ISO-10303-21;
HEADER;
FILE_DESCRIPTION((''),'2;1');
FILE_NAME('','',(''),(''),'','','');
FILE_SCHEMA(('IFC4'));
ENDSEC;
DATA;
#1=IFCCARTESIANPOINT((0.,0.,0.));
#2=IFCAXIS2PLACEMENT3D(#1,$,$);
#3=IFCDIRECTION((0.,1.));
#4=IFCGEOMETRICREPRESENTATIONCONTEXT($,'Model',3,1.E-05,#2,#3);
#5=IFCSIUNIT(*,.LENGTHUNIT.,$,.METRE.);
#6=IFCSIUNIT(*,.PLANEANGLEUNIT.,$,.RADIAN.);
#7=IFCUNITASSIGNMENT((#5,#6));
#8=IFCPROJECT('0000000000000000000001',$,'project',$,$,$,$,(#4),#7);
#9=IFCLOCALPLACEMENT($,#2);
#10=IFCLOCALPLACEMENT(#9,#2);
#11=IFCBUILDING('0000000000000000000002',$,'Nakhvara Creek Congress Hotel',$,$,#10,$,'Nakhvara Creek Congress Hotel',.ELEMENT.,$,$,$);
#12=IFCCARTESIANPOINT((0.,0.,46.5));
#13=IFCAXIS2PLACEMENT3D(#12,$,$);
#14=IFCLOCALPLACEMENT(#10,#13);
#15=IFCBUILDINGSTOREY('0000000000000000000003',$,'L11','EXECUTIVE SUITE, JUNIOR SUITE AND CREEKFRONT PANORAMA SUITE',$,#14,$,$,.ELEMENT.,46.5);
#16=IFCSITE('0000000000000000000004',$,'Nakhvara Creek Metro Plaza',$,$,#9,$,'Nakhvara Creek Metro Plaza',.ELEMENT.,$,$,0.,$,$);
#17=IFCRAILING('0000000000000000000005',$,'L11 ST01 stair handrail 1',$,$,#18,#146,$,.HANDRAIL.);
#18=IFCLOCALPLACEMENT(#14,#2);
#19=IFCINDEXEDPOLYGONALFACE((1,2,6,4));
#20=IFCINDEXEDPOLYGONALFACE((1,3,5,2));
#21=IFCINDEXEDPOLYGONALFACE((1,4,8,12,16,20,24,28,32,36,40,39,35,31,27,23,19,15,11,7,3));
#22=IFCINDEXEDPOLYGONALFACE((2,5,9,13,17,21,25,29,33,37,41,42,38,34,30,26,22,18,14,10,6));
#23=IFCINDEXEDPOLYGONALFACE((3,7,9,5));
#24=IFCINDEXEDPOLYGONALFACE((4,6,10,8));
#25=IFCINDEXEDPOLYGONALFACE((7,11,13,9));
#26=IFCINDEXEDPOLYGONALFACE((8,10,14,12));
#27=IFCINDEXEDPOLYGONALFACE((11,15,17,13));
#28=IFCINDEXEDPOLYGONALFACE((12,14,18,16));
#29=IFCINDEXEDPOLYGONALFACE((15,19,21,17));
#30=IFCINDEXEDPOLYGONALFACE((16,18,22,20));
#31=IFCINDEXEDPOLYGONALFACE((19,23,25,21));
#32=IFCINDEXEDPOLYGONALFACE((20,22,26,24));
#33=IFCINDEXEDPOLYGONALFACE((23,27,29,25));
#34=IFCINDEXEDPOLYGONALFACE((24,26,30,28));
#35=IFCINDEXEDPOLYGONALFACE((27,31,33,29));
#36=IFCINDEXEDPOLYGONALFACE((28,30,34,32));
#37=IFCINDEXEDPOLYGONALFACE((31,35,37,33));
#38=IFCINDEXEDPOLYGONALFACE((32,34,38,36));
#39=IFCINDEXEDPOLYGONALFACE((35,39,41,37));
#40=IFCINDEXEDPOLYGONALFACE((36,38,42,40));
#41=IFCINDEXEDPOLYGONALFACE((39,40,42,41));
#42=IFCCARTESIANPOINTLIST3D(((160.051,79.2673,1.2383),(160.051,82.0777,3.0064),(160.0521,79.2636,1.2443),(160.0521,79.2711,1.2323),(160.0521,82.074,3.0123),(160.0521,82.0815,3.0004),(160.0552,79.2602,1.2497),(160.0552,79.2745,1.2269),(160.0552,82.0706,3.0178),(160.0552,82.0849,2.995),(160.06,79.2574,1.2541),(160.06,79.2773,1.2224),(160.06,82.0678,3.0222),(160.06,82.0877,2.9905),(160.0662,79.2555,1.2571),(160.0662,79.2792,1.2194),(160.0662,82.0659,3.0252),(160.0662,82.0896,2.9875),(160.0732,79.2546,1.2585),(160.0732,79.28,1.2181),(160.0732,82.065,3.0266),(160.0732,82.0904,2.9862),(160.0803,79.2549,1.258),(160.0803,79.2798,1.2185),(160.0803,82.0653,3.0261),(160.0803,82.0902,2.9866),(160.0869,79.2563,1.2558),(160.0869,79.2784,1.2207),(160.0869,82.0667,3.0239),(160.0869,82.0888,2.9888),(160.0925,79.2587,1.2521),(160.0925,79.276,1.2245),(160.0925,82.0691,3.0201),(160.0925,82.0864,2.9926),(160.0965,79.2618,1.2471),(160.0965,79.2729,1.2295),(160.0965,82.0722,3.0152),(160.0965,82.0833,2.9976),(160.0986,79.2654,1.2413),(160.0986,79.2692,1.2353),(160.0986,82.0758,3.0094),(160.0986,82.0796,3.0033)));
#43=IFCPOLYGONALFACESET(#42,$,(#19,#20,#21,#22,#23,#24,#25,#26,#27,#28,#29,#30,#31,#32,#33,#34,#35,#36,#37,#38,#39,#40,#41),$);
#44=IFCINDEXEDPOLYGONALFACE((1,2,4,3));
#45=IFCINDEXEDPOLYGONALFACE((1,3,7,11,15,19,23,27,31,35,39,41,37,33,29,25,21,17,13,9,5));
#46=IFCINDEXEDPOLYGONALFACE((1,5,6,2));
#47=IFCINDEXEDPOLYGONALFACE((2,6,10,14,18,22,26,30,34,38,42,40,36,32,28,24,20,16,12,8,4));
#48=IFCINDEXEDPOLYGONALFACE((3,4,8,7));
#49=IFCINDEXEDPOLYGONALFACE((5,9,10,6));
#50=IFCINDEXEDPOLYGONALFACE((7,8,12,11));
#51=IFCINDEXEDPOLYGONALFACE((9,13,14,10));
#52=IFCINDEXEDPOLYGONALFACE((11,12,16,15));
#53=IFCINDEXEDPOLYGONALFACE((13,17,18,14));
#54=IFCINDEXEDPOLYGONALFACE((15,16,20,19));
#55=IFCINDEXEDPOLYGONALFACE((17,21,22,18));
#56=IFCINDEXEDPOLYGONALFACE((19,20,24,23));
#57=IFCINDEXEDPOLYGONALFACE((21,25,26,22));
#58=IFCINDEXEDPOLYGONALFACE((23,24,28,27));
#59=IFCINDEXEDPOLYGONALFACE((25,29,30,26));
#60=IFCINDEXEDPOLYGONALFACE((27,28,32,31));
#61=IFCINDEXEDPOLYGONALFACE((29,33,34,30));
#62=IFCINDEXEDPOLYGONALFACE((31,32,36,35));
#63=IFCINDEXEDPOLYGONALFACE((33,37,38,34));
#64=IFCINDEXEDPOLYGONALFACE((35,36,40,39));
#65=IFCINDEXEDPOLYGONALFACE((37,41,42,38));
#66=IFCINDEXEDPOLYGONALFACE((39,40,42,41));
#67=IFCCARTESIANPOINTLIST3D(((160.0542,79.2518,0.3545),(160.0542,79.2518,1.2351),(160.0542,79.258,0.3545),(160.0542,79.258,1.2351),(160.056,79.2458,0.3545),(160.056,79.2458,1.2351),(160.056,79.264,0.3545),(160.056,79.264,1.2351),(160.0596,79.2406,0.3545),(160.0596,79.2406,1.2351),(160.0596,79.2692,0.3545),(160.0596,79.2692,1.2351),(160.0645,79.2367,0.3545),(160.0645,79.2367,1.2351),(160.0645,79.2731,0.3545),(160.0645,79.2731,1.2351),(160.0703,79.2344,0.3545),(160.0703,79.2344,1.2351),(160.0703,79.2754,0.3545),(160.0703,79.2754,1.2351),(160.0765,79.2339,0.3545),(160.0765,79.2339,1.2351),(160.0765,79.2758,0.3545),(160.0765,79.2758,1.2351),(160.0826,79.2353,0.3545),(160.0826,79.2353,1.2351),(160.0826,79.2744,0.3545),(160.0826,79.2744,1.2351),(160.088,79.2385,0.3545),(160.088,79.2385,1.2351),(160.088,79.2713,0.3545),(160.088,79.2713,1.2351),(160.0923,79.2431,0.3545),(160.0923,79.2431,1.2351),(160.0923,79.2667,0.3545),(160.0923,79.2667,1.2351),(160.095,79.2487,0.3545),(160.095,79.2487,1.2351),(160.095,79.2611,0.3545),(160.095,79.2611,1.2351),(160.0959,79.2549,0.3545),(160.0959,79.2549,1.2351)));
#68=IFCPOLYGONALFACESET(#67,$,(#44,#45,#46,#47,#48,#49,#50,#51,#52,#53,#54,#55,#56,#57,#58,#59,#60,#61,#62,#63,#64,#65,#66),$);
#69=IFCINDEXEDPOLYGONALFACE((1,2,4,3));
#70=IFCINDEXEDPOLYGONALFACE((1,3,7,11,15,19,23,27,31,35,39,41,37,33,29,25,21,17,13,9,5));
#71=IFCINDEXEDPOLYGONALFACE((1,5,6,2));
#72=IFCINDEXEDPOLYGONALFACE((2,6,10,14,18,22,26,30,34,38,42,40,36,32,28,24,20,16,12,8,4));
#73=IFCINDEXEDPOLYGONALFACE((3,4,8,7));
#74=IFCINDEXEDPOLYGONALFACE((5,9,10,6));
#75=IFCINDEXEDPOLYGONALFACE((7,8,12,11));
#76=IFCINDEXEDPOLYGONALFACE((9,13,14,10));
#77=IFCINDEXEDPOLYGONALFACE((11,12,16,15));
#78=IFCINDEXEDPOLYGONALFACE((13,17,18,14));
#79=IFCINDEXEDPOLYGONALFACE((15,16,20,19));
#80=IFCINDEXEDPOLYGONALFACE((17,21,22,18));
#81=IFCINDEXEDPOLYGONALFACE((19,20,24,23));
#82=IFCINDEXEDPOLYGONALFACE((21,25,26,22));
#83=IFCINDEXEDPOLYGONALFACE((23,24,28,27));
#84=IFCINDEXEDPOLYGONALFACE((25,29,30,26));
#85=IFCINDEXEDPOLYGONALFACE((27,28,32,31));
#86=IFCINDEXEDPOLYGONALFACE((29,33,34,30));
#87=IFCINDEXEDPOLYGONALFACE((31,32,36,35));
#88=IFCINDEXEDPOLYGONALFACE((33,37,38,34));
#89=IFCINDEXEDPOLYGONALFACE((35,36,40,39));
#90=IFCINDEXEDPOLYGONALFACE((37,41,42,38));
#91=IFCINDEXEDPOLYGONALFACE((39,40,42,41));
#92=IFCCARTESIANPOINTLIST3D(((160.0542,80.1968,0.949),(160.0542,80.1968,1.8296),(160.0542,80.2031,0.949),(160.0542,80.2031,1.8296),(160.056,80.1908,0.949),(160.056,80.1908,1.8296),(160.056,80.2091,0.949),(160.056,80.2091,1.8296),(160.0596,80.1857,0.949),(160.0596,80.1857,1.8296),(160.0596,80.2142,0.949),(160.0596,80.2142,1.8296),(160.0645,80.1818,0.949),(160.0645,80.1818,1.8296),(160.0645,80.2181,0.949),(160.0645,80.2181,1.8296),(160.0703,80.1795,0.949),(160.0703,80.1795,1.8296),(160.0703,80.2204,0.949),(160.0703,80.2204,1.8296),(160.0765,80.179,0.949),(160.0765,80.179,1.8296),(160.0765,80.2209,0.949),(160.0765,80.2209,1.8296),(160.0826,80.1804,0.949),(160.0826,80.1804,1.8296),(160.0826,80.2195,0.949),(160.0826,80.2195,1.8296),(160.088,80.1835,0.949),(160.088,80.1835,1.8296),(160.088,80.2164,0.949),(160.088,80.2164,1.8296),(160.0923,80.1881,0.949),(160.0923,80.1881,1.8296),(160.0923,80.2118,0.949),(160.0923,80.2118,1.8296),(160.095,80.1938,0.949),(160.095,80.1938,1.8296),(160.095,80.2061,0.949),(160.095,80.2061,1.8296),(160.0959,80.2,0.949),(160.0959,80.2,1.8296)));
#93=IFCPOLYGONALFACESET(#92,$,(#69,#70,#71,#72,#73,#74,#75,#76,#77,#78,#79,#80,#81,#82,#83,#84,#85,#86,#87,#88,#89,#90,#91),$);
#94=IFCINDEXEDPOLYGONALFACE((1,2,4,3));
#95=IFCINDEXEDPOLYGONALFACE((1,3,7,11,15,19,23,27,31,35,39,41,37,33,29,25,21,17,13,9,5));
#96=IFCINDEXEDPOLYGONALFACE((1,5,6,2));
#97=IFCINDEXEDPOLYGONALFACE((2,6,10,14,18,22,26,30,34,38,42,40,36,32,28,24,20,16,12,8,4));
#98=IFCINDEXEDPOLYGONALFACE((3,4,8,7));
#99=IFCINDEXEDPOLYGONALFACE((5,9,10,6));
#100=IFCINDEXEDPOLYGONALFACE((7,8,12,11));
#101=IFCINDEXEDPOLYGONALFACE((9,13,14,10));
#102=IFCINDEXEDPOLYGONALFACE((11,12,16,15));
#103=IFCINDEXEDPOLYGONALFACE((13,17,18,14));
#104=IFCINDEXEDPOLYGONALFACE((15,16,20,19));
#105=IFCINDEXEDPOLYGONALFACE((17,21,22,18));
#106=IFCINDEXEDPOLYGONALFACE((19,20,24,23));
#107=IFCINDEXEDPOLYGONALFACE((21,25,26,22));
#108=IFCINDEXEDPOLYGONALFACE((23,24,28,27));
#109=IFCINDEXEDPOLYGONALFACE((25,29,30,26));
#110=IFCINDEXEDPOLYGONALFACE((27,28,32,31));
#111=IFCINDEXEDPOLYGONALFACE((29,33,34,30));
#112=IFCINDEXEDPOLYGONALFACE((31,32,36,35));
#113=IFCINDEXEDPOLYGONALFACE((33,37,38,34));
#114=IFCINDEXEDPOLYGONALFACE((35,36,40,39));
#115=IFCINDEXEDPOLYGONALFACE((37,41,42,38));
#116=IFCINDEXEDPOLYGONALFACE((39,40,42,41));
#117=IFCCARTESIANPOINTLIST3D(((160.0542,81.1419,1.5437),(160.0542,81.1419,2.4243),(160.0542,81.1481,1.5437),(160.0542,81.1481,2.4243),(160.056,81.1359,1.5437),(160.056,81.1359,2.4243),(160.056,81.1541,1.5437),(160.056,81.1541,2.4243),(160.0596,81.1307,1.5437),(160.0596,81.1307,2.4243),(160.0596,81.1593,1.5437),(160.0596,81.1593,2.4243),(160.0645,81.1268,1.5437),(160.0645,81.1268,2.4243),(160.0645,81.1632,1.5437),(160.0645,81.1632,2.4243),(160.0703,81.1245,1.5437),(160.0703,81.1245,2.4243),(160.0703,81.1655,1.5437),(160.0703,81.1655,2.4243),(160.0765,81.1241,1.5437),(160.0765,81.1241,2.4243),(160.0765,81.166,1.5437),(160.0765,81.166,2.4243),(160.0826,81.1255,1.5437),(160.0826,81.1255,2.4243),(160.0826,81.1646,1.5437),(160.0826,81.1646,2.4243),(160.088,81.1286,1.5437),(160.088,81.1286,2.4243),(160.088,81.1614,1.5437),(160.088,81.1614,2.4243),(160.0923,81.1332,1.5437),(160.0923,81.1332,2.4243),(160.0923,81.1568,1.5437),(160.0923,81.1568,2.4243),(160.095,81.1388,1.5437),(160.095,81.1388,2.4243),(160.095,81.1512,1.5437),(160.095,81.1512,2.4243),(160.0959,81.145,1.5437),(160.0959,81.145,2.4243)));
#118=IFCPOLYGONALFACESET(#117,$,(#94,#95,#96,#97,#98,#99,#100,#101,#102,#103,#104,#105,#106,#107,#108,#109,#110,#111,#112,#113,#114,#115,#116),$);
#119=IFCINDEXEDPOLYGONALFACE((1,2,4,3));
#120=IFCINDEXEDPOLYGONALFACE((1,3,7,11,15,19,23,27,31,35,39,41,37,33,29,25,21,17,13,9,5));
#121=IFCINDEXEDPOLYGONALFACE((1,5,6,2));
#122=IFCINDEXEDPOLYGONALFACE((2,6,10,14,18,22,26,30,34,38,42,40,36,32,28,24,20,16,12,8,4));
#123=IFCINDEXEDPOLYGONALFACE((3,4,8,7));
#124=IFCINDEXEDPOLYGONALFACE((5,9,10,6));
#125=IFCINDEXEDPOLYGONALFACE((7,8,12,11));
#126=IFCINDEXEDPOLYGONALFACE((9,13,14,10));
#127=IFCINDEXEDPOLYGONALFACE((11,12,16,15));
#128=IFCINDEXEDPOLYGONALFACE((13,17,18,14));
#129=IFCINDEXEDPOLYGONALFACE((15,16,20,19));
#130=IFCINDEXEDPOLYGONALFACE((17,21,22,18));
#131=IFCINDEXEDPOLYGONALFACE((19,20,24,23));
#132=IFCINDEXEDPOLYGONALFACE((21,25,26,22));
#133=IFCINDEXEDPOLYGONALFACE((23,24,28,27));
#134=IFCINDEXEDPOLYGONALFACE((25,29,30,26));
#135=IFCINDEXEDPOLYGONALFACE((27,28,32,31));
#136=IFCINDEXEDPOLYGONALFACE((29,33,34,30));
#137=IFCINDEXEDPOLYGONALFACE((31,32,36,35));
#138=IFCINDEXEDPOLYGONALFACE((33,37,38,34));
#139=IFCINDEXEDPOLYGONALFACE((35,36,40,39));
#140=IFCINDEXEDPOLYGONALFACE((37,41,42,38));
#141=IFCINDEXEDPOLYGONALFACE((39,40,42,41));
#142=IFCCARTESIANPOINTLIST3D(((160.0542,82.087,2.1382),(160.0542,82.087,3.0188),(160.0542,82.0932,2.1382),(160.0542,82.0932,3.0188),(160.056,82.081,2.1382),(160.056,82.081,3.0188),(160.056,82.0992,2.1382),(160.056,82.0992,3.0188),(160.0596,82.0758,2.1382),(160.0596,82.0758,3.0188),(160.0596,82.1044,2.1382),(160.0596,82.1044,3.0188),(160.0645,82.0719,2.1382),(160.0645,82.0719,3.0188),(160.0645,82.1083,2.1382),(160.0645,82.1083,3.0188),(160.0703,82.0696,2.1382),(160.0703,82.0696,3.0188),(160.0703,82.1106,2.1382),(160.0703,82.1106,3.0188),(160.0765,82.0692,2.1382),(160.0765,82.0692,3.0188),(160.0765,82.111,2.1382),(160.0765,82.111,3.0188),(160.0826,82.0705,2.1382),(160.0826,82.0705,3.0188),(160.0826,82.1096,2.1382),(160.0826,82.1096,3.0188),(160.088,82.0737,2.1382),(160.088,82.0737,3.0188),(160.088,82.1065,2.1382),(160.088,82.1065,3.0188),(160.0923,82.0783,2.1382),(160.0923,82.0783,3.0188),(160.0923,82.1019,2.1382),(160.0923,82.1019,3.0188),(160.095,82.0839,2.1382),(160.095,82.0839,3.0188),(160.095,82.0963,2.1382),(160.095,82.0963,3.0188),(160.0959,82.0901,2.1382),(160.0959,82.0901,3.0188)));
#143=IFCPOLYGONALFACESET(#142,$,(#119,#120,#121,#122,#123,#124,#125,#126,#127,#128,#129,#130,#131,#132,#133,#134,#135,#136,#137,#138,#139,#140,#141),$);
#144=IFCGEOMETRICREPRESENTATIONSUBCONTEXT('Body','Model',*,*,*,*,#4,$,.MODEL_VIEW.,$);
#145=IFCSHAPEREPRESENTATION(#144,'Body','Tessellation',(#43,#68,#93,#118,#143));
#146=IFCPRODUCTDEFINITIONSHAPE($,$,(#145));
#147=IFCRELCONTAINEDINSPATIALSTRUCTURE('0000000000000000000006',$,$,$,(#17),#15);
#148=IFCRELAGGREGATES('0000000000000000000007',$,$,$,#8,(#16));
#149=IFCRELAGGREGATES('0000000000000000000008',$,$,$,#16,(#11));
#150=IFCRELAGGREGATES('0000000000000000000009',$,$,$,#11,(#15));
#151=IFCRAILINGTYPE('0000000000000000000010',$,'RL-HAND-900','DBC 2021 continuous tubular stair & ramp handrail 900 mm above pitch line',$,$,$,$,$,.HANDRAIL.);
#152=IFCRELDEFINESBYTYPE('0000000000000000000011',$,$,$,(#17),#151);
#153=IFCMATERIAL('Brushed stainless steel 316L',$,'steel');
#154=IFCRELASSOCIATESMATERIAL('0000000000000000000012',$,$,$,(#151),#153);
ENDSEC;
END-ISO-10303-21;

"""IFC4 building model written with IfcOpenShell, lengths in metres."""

from ifc_helpers import new_model, si_unit, direction, frame, origin, origin_2d, place, context, subcontext, project, spatial, circle, extrude, material, type_object, element, save


model = new_model("IFC4")

# Units and contexts
model_context = context("Model", 3, precision=1e-05, world=origin(), true_north=direction((0.0, 1.0)))
body_context = subcontext(model_context, "Body", "Model", "MODEL_VIEW")
ifc_project = project(units=[si_unit("LENGTHUNIT", "METRE"), si_unit("PLANEANGLEUNIT", "RADIAN")], contexts=[model_context])

# Site, building, storey
site_placement = place(None, origin())
site = spatial("IfcSite", under=ifc_project, at=site_placement, Name="Nakhvara Creek Metro Plaza", LongName="Nakhvara Creek Metro Plaza", CompositionType="ELEMENT", RefElevation=0.0)
building_placement = place(site_placement, origin())
building = spatial("IfcBuilding", under=site, at=building_placement, Name="Nakhvara Creek Congress Hotel", LongName="Nakhvara Creek Congress Hotel", CompositionType="ELEMENT")
storey_placement = place(building_placement, frame((0.0, 0.0, 46.5)))
storey = spatial("IfcBuildingStorey", under=building, at=storey_placement, Name="L11", Description="EXECUTIVE SUITE, JUNIOR SUITE AND CREEKFRONT PANORAMA SUITE", CompositionType="ELEMENT", Elevation=46.5)

# Railing
ifc_material_1 = material(Name="Brushed stainless steel 316L", Category="steel")
railing_type_1 = type_object("IfcRailingType", Name="RL-HAND-900", Description="DBC 2021 continuous tubular stair & ramp handrail 900 mm above pitch line", PredefinedType="HANDRAIL", material=ifc_material_1)
railing_1_placement = place(storey_placement, frame((160.075, 79.2549, 0.3545)))
element("IfcRailing", 1, at=railing_1_placement, inside=storey, type_object=railing_type_1, Name="L11 ST01 stair handrail 1", PredefinedType="HANDRAIL", context=body_context, shape_type="SweptSolid", body=[
    extrude(circle(Radius=0.0239, at=origin_2d()), frame((0.0, 0.0125, 0.8838), z_axis=(0.0, 0.846426, 0.532506), x_axis=(-1.0, 0.0, 0.0)), (0.0, 0.0, 1.0), 3.3203),
    extrude(circle(Radius=0.021, at=origin_2d()), origin(), (0.0, 0.0, 1.0), 0.8806),
    extrude(circle(Radius=0.021, at=origin_2d()), frame((0.0, 0.9451, 0.5945)), (0.0, 0.0, 1.0), 0.8806),
    extrude(circle(Radius=0.021, at=origin_2d()), frame((0.0, 1.8901, 1.1892)), (0.0, 0.0, 1.0), 0.8806),
    extrude(circle(Radius=0.021, at=origin_2d()), frame((0.0, 2.8352, 1.7837)), (0.0, 0.0, 1.0), 0.8806),
])

save(model, "model.ifc")
